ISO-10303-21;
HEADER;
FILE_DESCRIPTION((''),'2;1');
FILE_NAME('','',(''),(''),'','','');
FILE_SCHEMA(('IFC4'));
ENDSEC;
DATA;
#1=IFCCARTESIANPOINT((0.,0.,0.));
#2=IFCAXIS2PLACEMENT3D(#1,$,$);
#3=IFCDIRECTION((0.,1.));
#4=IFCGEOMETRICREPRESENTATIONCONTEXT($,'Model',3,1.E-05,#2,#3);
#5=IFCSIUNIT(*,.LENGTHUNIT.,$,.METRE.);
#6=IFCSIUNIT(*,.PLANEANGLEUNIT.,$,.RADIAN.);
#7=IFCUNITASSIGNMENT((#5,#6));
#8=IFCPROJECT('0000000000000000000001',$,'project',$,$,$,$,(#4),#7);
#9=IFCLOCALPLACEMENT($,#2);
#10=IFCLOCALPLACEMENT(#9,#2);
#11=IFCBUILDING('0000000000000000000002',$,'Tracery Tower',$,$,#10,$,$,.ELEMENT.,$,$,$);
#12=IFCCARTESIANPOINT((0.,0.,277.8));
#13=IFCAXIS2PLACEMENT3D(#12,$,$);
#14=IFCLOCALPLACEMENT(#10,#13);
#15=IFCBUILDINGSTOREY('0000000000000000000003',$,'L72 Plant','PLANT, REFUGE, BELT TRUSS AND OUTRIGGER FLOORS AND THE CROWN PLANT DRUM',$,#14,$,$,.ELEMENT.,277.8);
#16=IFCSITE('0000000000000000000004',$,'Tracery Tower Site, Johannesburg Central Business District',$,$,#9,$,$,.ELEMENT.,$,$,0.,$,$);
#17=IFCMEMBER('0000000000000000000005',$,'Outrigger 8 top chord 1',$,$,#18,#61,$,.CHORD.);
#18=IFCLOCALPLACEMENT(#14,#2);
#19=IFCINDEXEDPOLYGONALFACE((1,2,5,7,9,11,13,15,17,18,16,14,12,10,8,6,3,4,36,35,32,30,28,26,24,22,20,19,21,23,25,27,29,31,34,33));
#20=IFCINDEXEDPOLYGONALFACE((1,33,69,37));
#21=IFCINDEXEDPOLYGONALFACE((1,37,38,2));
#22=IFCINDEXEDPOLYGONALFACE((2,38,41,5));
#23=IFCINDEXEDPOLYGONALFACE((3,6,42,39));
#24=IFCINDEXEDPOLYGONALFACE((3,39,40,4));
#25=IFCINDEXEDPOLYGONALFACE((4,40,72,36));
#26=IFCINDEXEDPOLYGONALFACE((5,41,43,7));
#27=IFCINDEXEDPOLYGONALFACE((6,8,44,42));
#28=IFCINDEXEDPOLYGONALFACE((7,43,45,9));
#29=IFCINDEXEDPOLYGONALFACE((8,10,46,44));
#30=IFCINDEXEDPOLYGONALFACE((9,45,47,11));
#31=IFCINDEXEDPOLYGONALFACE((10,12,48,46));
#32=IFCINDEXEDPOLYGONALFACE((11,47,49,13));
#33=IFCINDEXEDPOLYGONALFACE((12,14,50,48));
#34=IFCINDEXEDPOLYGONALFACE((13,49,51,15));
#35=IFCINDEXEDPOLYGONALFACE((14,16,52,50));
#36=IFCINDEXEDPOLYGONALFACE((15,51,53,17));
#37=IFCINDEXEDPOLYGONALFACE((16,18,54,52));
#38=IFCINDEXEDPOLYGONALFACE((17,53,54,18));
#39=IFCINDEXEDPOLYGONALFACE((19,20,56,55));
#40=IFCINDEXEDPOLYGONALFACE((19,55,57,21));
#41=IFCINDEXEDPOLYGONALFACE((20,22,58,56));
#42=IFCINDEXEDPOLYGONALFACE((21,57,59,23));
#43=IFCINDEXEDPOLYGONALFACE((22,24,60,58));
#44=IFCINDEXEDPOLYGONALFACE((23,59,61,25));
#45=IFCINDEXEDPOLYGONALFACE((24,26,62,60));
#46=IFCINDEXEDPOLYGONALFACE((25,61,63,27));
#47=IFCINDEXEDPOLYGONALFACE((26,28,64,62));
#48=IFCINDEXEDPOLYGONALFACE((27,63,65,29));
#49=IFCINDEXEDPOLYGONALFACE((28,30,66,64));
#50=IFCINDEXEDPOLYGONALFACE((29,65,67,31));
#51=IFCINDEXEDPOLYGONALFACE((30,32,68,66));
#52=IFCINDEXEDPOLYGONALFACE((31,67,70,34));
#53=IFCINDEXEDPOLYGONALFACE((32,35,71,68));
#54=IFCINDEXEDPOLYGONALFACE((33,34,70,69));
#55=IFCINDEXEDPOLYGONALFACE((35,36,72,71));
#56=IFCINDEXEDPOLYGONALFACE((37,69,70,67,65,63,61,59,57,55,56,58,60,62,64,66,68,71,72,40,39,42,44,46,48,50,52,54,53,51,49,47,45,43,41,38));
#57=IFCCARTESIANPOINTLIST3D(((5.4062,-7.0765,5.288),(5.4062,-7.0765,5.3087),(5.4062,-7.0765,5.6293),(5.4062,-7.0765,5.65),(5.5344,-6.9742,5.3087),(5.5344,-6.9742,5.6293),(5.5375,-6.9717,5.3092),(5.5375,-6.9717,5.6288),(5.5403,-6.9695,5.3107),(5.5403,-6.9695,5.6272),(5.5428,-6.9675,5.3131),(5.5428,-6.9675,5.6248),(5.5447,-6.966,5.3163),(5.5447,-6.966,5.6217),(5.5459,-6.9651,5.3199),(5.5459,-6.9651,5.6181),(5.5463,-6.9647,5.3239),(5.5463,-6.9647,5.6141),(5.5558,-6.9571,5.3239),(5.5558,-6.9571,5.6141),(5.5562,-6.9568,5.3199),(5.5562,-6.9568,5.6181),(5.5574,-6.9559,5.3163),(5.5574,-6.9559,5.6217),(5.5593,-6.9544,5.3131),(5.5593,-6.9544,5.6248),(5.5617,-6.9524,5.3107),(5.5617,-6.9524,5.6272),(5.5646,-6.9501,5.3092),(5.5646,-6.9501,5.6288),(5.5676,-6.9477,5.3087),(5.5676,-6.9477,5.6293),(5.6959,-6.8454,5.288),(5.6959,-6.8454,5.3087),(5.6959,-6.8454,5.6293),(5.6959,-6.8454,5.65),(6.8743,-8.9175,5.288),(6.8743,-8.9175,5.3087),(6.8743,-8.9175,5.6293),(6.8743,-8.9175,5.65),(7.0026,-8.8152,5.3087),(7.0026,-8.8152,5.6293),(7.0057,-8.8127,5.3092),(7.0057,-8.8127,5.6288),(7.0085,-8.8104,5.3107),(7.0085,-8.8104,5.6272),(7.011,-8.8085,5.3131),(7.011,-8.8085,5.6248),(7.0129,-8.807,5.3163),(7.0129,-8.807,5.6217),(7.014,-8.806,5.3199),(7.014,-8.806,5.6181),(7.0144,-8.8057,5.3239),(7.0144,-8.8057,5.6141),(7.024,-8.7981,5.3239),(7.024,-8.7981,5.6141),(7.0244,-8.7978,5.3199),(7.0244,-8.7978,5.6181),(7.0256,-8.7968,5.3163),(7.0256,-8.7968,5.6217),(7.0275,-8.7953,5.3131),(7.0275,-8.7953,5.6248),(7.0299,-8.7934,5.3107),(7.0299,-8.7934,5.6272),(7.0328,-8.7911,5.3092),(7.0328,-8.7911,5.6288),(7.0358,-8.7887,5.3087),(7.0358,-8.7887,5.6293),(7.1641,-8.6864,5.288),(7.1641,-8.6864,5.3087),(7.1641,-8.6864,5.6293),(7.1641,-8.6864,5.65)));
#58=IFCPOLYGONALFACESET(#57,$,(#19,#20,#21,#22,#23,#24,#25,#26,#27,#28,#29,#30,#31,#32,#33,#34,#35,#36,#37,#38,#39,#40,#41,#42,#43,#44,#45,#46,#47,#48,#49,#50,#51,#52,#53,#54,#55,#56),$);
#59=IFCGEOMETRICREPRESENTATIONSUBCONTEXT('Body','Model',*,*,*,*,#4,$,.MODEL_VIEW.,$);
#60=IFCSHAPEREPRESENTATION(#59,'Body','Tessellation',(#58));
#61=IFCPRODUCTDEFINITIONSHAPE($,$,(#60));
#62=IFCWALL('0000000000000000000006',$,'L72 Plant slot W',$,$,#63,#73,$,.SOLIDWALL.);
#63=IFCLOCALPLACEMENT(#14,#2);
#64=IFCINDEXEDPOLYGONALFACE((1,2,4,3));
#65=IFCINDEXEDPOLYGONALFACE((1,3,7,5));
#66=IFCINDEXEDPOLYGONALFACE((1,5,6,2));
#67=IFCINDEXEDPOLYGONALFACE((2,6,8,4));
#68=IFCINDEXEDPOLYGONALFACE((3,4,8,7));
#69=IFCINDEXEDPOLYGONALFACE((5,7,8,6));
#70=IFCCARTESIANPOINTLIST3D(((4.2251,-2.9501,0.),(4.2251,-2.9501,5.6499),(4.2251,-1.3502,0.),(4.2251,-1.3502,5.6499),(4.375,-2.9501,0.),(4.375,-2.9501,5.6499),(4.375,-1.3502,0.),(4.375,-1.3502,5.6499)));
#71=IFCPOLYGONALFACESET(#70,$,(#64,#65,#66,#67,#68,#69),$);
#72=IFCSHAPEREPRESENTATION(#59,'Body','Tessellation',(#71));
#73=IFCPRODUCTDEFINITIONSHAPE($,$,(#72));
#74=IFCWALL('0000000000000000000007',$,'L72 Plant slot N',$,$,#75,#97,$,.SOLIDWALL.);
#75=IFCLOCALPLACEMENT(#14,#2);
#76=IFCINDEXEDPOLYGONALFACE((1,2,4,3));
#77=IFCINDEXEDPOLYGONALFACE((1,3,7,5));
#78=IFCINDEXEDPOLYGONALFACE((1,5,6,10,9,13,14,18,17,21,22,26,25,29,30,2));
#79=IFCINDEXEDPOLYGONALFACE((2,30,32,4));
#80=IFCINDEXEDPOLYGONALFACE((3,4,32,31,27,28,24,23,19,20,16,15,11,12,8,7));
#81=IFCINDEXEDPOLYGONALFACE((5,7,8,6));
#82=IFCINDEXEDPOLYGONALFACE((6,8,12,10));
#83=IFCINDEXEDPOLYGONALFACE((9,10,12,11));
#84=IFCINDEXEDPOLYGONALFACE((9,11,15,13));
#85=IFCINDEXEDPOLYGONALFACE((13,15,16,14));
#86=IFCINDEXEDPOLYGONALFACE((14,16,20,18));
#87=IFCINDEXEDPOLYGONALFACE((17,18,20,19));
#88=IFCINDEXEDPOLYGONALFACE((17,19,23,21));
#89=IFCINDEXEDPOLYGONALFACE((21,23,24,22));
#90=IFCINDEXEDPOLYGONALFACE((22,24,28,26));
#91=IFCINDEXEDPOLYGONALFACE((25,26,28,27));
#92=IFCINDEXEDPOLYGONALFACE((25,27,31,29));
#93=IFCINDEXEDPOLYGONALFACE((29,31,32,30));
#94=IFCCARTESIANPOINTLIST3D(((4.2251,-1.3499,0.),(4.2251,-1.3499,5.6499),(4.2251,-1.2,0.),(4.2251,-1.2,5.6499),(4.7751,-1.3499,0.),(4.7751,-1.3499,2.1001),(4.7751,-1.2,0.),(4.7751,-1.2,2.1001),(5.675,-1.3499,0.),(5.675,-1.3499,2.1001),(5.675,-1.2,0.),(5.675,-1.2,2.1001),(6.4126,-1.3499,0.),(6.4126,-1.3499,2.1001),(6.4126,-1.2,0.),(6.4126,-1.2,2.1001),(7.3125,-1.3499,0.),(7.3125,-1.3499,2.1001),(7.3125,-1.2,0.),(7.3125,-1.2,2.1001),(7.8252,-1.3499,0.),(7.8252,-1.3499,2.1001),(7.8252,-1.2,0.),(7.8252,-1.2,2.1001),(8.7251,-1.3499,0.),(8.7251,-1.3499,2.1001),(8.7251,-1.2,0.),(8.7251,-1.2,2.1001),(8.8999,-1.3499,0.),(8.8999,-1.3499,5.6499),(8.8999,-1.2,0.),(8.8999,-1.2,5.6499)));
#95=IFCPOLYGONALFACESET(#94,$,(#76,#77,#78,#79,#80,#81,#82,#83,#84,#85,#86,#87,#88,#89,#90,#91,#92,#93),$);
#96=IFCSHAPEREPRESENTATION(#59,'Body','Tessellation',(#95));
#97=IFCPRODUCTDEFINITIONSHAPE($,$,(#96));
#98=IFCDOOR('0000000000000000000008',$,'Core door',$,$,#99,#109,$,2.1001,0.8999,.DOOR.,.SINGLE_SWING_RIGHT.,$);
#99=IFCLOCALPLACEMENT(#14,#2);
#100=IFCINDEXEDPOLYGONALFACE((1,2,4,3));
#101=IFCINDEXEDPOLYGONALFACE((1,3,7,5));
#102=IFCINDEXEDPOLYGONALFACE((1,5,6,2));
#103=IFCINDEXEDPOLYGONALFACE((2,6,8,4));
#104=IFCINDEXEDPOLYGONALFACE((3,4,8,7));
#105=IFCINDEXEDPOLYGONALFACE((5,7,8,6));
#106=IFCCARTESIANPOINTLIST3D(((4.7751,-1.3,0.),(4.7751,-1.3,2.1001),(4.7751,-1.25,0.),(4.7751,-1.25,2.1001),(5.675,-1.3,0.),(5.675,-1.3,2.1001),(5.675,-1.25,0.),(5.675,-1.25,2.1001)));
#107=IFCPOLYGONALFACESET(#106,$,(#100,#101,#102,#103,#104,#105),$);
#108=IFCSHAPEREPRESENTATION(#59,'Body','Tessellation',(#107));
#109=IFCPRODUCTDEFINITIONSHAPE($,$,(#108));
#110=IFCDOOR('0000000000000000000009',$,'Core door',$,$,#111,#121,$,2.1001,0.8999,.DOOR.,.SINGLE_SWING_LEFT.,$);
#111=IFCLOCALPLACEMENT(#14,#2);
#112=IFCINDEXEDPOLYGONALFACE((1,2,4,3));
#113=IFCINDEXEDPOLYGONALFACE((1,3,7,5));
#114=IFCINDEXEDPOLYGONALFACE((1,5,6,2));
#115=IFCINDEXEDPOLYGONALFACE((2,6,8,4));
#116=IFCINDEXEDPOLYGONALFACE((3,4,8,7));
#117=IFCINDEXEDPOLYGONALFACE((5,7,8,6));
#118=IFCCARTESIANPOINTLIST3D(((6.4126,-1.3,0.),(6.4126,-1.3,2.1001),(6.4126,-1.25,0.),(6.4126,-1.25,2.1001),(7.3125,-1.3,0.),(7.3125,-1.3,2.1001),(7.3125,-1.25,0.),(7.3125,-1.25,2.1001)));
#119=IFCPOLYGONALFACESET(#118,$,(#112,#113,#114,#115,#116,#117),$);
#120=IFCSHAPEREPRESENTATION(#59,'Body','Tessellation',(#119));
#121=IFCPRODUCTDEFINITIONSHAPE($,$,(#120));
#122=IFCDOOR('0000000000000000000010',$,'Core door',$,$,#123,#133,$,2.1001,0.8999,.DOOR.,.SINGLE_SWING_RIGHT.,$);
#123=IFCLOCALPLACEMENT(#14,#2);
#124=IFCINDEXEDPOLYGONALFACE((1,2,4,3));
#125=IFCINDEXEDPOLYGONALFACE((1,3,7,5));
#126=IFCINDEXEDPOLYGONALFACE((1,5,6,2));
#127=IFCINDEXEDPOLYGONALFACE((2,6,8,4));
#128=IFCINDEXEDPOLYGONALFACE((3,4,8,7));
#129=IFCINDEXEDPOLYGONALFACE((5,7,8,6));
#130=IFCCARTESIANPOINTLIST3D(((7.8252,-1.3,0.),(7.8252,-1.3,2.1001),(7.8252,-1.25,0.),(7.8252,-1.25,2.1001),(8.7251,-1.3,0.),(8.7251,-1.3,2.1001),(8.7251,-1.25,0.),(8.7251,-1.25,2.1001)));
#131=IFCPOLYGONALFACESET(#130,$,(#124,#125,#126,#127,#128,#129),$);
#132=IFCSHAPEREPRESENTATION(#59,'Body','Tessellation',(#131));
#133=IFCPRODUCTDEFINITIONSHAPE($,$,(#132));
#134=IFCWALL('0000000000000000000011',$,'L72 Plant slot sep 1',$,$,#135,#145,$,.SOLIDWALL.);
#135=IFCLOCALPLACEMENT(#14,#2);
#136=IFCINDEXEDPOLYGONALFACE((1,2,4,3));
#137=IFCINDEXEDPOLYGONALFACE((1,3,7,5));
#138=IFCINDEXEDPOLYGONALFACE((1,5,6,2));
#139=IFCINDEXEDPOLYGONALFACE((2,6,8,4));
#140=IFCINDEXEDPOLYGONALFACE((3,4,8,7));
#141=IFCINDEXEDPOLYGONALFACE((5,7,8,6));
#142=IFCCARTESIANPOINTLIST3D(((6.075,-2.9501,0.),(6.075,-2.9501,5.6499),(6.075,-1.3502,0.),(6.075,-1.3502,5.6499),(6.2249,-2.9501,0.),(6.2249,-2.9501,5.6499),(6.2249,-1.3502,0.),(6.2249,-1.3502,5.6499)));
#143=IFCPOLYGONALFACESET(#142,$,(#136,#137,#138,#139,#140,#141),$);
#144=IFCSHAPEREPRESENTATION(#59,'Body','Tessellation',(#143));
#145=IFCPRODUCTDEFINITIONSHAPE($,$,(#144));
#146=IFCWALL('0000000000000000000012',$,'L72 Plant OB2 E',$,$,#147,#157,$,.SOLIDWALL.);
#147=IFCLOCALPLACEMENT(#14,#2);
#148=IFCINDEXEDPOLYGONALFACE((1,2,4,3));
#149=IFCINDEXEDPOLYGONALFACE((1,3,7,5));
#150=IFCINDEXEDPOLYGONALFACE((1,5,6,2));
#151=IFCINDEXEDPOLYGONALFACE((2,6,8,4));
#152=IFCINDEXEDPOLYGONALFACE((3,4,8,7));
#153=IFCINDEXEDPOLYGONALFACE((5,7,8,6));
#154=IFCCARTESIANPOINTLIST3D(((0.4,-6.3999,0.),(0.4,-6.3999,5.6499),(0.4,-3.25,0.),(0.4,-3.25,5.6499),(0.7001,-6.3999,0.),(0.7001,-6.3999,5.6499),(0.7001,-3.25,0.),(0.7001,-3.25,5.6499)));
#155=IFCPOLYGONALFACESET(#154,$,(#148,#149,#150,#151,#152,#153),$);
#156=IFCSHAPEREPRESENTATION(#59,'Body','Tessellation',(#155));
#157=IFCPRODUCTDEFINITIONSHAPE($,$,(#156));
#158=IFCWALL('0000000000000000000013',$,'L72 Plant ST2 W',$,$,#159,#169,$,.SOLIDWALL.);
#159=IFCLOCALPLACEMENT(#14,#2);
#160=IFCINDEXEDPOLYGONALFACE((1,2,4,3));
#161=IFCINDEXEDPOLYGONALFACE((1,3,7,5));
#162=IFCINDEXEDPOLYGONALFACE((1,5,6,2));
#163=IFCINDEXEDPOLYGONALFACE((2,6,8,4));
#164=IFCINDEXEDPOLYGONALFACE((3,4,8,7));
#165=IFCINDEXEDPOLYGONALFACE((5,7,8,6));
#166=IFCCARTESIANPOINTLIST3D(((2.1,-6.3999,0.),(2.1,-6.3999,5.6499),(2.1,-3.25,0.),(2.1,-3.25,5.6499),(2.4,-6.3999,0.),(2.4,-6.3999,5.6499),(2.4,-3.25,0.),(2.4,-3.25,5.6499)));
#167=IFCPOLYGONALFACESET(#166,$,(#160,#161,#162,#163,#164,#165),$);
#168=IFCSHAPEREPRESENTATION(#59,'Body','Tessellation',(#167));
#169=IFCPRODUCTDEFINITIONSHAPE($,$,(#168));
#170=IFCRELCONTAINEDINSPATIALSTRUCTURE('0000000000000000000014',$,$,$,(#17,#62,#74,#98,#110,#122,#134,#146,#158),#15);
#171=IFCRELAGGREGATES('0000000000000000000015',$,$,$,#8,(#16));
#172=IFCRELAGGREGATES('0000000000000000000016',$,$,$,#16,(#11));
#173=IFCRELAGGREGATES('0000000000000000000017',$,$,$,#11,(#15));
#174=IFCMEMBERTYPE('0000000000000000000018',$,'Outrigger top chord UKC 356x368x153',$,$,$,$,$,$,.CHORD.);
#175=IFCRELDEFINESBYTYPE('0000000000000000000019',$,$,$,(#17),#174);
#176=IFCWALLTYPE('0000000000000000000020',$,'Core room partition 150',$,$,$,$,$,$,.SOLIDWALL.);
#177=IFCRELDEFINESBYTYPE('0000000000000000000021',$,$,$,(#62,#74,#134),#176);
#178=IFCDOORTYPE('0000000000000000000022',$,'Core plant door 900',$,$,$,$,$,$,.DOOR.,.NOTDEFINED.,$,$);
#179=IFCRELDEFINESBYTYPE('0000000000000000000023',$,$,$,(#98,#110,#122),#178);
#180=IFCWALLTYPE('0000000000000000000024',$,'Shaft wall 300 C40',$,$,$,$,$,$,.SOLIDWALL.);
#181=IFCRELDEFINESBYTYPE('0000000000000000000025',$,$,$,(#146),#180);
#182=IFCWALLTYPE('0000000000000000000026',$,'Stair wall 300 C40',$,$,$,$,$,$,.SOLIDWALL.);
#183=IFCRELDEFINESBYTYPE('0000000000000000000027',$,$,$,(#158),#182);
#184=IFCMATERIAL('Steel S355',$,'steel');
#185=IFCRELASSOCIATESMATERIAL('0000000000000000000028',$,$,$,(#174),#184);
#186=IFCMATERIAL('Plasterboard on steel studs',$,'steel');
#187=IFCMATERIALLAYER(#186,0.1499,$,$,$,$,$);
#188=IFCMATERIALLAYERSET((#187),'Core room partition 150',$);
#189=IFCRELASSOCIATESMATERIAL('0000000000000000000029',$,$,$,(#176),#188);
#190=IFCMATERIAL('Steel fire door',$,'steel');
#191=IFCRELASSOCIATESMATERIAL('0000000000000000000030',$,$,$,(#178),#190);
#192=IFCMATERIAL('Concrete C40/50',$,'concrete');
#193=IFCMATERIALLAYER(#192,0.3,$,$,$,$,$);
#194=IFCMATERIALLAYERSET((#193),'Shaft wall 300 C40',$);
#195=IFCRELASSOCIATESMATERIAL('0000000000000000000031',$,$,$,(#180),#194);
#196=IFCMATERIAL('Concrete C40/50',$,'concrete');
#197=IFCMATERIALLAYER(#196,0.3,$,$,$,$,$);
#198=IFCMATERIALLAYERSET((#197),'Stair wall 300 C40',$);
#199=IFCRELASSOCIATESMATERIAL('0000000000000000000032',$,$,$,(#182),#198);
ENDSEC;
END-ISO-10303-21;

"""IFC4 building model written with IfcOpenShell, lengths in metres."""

from ifc_helpers import new_model, si_unit, direction, frame, frame_2d, origin, origin_2d, place, context, subcontext, project, spatial, rectangle, i_section, extrude, material, layer, layer_set, material_profile, profile_set, type_object, element, fill, save


model = new_model("IFC4")

# Units and contexts
model_context = context("Model", 3, precision=1e-05, world=origin(), true_north=direction((0.0, 1.0)))
body_context = subcontext(model_context, "Body", "Model", "MODEL_VIEW")
ifc_project = project(units=[si_unit("LENGTHUNIT", "METRE"), si_unit("PLANEANGLEUNIT", "RADIAN")], contexts=[model_context])

# Site, building, storey
site_placement = place(None, origin())
site = spatial("IfcSite", under=ifc_project, at=site_placement, Name="Tracery Tower Site, Johannesburg Central Business District", CompositionType="ELEMENT", RefElevation=0.0)
building_placement = place(site_placement, origin())
building = spatial("IfcBuilding", under=site, at=building_placement, Name="Tracery Tower", CompositionType="ELEMENT")
storey_placement = place(building_placement, frame((0.0, 0.0, 277.8)))
storey = spatial("IfcBuildingStorey", under=building, at=storey_placement, Name="L72 Plant", Description="PLANT, REFUGE, BELT TRUSS AND OUTRIGGER FLOORS AND THE CROWN PLANT DRUM", CompositionType="ELEMENT", Elevation=277.8)

# Member
ifc_material_1 = material(Name="Steel S355", Category="steel")
ifc_material_profile_1 = material_profile(ifc_material_1, i_section(OverallWidth=0.3706, OverallDepth=0.3621, WebThickness=0.0122, FlangeThickness=0.0208, FilletRadius=0.0151, at=origin_2d()), Name="UKC 356x368x153")
ifc_profile_set_1 = profile_set([ifc_material_profile_1], Name="Steel S355")
member_type_1 = type_object("IfcMemberType", Name="Outrigger top chord UKC 356x368x153", PredefinedType="CHORD", material=ifc_profile_set_1)
member_1_placement = place(storey_placement, frame((5.551, -6.9609, 5.469), z_axis=(0.623506, -0.781819, 0.0), x_axis=(0.781819, 0.623506, 0.0)))
element("IfcMember", 1, at=member_1_placement, inside=storey, type_object=member_type_1, Name="Outrigger 8 top chord 1", PredefinedType="CHORD", context=body_context, shape_type="SweptSolid", body=[
    extrude(i_section(OverallWidth=0.3706, OverallDepth=0.3621, WebThickness=0.0122, FlangeThickness=0.0208, FilletRadius=0.0151, at=origin_2d()), origin(), (0.0, 0.0, 1.0), 2.3547),
])

# Wall
ifc_material_2 = material(Name="Plasterboard on steel studs", Category="steel")
ifc_layer_1 = layer(ifc_material_2, 0.1499)
ifc_layer_set_1 = layer_set([ifc_layer_1], Name="Core room partition 150")
wall_type_1 = type_object("IfcWallType", Name="Core room partition 150", PredefinedType="SOLIDWALL", material=ifc_layer_set_1)
wall_1_placement = place(storey_placement, frame((4.3, -2.95, 0.0), z_axis=(0.0, 0.0, 1.0), x_axis=(0.0, 1.0, 0.0)))
element("IfcWall", 2, at=wall_1_placement, inside=storey, type_object=wall_type_1, Name="L72 Plant slot W", PredefinedType="SOLIDWALL", context=body_context, shape_type="SweptSolid", body=[
    extrude(rectangle(XDim=1.5999, YDim=0.1499, at=frame_2d((0.7998, 0.0))), origin(), (0.0, 0.0, 1.0), 5.6499),
])

# Wall, openings, doors
wall_2_placement = place(storey_placement, frame((4.2251, -1.2749, 0.0), z_axis=(0.0, 0.0, 1.0), x_axis=(1.0, 0.0, 0.0)))
wall_2 = element("IfcWall", 3, at=wall_2_placement, inside=storey, type_object=wall_type_1, Name="L72 Plant slot N", PredefinedType="SOLIDWALL", context=body_context, shape_type="SweptSolid", body=[
    extrude(rectangle(XDim=4.6748, YDim=0.1499, at=frame_2d((2.3374, 0.0))), origin(), (0.0, 0.0, 1.0), 5.6499),
])
opening_1_placement = place(wall_2_placement, frame((0.55, 0.0, 0.0)))
opening_1 = element("IfcOpeningElement", 4, at=opening_1_placement, cuts=wall_2, PredefinedType="OPENING", context=body_context, shape_type="SweptSolid", body=[
    extrude(rectangle(XDim=0.8999, YDim=2.1001, at=frame_2d((0.45, 1.05))), frame((0.0, 0.075, 0.0), z_axis=(0.0, -1.0, 0.0), x_axis=(1.0, 0.0, 0.0)), (0.0, 0.0, 1.0), 0.1499),
])
opening_2_placement = place(wall_2_placement, frame((2.1875, 0.0, 0.0)))
opening_2 = element("IfcOpeningElement", 5, at=opening_2_placement, cuts=wall_2, PredefinedType="OPENING", context=body_context, shape_type="SweptSolid", body=[
    extrude(rectangle(XDim=0.8999, YDim=2.1001, at=frame_2d((0.45, 1.05))), frame((0.0, 0.075, 0.0), z_axis=(0.0, -1.0, 0.0), x_axis=(1.0, 0.0, 0.0)), (0.0, 0.0, 1.0), 0.1499),
])
opening_3_placement = place(wall_2_placement, frame((3.6001, 0.0, 0.0)))
opening_3 = element("IfcOpeningElement", 6, at=opening_3_placement, cuts=wall_2, PredefinedType="OPENING", context=body_context, shape_type="SweptSolid", body=[
    extrude(rectangle(XDim=0.8999, YDim=2.1001, at=frame_2d((0.45, 1.05))), frame((0.0, 0.075, 0.0), z_axis=(0.0, -1.0, 0.0), x_axis=(1.0, 0.0, 0.0)), (0.0, 0.0, 1.0), 0.1499),
])
ifc_material_3 = material(Name="Steel fire door", Category="steel")
door_type_1 = type_object("IfcDoorType", Name="Core plant door 900", OperationType="NOTDEFINED", PredefinedType="DOOR", material=ifc_material_3)
door_1_placement = place(opening_1_placement, origin())
door_1 = element("IfcDoor", 7, at=door_1_placement, inside=storey, type_object=door_type_1, Name="Core door", OperationType="SINGLE_SWING_RIGHT", OverallHeight=2.1001, OverallWidth=0.8999, PredefinedType="DOOR", context=body_context, shape_type="SweptSolid", body=[
    extrude(rectangle(XDim=0.8999, YDim=2.1001, at=frame_2d((0.45, 1.05))), frame((0.0, 0.0249, 0.0), z_axis=(0.0, -1.0, 0.0), x_axis=(1.0, 0.0, 0.0)), (0.0, 0.0, 1.0), 0.05),
])
fill(opening_1, door_1)
door_2_placement = place(opening_2_placement, origin())
door_2 = element("IfcDoor", 8, at=door_2_placement, inside=storey, type_object=door_type_1, Name="Core door", OperationType="SINGLE_SWING_LEFT", OverallHeight=2.1001, OverallWidth=0.8999, PredefinedType="DOOR", context=body_context, shape_type="SweptSolid", body=[
    extrude(rectangle(XDim=0.8999, YDim=2.1001, at=frame_2d((0.45, 1.05))), frame((0.0, 0.0249, 0.0), z_axis=(0.0, -1.0, 0.0), x_axis=(1.0, 0.0, 0.0)), (0.0, 0.0, 1.0), 0.05),
])
fill(opening_2, door_2)
door_3_placement = place(opening_3_placement, origin())
door_3 = element("IfcDoor", 9, at=door_3_placement, inside=storey, type_object=door_type_1, Name="Core door", OperationType="SINGLE_SWING_RIGHT", OverallHeight=2.1001, OverallWidth=0.8999, PredefinedType="DOOR", context=body_context, shape_type="SweptSolid", body=[
    extrude(rectangle(XDim=0.8999, YDim=2.1001, at=frame_2d((0.45, 1.05))), frame((0.0, 0.0249, 0.0), z_axis=(0.0, -1.0, 0.0), x_axis=(1.0, 0.0, 0.0)), (0.0, 0.0, 1.0), 0.05),
])
fill(opening_3, door_3)

# Walls
wall_3_placement = place(storey_placement, frame((6.1499, -2.95, 0.0), z_axis=(0.0, 0.0, 1.0), x_axis=(0.0, 1.0, 0.0)))
element("IfcWall", 10, at=wall_3_placement, inside=storey, type_object=wall_type_1, Name="L72 Plant slot sep 1", PredefinedType="SOLIDWALL", context=body_context, shape_type="SweptSolid", body=[
    extrude(rectangle(XDim=1.5999, YDim=0.1499, at=frame_2d((0.7998, 0.0))), origin(), (0.0, 0.0, 1.0), 5.6499),
])
ifc_material_4 = material(Name="Concrete C40/50", Category="concrete")
ifc_layer_2 = layer(ifc_material_4, 0.3)
ifc_layer_set_2 = layer_set([ifc_layer_2], Name="Shaft wall 300 C40")
wall_type_2 = type_object("IfcWallType", Name="Shaft wall 300 C40", PredefinedType="SOLIDWALL", material=ifc_layer_set_2)
wall_4_placement = place(storey_placement, frame((0.55, -6.3999, 0.0), z_axis=(0.0, 0.0, 1.0), x_axis=(0.0, 1.0, 0.0)))
element("IfcWall", 11, at=wall_4_placement, inside=storey, type_object=wall_type_2, Name="L72 Plant OB2 E", PredefinedType="SOLIDWALL", context=body_context, shape_type="SweptSolid", body=[
    extrude(rectangle(XDim=3.1499, YDim=0.3, at=frame_2d((1.575, 0.0))), origin(), (0.0, 0.0, 1.0), 5.6499),
])

# Shared definitions
ifc_material_5 = material(Name="Concrete C40/50", Category="concrete")
ifc_layer_3 = layer(ifc_material_5, 0.3)
ifc_layer_set_3 = layer_set([ifc_layer_3], Name="Stair wall 300 C40")
wall_type_3 = type_object("IfcWallType", Name="Stair wall 300 C40", PredefinedType="SOLIDWALL", material=ifc_layer_set_3)

# Wall
wall_5_placement = place(storey_placement, frame((2.25, -6.3999, 0.0), z_axis=(0.0, 0.0, 1.0), x_axis=(0.0, 1.0, 0.0)))
element("IfcWall", 12, at=wall_5_placement, inside=storey, type_object=wall_type_3, Name="L72 Plant ST2 W", PredefinedType="SOLIDWALL", context=body_context, shape_type="SweptSolid", body=[
    extrude(rectangle(XDim=3.1499, YDim=0.3, at=frame_2d((1.575, 0.0))), origin(), (0.0, 0.0, 1.0), 5.6499),
])

save(model, "model.ifc")
